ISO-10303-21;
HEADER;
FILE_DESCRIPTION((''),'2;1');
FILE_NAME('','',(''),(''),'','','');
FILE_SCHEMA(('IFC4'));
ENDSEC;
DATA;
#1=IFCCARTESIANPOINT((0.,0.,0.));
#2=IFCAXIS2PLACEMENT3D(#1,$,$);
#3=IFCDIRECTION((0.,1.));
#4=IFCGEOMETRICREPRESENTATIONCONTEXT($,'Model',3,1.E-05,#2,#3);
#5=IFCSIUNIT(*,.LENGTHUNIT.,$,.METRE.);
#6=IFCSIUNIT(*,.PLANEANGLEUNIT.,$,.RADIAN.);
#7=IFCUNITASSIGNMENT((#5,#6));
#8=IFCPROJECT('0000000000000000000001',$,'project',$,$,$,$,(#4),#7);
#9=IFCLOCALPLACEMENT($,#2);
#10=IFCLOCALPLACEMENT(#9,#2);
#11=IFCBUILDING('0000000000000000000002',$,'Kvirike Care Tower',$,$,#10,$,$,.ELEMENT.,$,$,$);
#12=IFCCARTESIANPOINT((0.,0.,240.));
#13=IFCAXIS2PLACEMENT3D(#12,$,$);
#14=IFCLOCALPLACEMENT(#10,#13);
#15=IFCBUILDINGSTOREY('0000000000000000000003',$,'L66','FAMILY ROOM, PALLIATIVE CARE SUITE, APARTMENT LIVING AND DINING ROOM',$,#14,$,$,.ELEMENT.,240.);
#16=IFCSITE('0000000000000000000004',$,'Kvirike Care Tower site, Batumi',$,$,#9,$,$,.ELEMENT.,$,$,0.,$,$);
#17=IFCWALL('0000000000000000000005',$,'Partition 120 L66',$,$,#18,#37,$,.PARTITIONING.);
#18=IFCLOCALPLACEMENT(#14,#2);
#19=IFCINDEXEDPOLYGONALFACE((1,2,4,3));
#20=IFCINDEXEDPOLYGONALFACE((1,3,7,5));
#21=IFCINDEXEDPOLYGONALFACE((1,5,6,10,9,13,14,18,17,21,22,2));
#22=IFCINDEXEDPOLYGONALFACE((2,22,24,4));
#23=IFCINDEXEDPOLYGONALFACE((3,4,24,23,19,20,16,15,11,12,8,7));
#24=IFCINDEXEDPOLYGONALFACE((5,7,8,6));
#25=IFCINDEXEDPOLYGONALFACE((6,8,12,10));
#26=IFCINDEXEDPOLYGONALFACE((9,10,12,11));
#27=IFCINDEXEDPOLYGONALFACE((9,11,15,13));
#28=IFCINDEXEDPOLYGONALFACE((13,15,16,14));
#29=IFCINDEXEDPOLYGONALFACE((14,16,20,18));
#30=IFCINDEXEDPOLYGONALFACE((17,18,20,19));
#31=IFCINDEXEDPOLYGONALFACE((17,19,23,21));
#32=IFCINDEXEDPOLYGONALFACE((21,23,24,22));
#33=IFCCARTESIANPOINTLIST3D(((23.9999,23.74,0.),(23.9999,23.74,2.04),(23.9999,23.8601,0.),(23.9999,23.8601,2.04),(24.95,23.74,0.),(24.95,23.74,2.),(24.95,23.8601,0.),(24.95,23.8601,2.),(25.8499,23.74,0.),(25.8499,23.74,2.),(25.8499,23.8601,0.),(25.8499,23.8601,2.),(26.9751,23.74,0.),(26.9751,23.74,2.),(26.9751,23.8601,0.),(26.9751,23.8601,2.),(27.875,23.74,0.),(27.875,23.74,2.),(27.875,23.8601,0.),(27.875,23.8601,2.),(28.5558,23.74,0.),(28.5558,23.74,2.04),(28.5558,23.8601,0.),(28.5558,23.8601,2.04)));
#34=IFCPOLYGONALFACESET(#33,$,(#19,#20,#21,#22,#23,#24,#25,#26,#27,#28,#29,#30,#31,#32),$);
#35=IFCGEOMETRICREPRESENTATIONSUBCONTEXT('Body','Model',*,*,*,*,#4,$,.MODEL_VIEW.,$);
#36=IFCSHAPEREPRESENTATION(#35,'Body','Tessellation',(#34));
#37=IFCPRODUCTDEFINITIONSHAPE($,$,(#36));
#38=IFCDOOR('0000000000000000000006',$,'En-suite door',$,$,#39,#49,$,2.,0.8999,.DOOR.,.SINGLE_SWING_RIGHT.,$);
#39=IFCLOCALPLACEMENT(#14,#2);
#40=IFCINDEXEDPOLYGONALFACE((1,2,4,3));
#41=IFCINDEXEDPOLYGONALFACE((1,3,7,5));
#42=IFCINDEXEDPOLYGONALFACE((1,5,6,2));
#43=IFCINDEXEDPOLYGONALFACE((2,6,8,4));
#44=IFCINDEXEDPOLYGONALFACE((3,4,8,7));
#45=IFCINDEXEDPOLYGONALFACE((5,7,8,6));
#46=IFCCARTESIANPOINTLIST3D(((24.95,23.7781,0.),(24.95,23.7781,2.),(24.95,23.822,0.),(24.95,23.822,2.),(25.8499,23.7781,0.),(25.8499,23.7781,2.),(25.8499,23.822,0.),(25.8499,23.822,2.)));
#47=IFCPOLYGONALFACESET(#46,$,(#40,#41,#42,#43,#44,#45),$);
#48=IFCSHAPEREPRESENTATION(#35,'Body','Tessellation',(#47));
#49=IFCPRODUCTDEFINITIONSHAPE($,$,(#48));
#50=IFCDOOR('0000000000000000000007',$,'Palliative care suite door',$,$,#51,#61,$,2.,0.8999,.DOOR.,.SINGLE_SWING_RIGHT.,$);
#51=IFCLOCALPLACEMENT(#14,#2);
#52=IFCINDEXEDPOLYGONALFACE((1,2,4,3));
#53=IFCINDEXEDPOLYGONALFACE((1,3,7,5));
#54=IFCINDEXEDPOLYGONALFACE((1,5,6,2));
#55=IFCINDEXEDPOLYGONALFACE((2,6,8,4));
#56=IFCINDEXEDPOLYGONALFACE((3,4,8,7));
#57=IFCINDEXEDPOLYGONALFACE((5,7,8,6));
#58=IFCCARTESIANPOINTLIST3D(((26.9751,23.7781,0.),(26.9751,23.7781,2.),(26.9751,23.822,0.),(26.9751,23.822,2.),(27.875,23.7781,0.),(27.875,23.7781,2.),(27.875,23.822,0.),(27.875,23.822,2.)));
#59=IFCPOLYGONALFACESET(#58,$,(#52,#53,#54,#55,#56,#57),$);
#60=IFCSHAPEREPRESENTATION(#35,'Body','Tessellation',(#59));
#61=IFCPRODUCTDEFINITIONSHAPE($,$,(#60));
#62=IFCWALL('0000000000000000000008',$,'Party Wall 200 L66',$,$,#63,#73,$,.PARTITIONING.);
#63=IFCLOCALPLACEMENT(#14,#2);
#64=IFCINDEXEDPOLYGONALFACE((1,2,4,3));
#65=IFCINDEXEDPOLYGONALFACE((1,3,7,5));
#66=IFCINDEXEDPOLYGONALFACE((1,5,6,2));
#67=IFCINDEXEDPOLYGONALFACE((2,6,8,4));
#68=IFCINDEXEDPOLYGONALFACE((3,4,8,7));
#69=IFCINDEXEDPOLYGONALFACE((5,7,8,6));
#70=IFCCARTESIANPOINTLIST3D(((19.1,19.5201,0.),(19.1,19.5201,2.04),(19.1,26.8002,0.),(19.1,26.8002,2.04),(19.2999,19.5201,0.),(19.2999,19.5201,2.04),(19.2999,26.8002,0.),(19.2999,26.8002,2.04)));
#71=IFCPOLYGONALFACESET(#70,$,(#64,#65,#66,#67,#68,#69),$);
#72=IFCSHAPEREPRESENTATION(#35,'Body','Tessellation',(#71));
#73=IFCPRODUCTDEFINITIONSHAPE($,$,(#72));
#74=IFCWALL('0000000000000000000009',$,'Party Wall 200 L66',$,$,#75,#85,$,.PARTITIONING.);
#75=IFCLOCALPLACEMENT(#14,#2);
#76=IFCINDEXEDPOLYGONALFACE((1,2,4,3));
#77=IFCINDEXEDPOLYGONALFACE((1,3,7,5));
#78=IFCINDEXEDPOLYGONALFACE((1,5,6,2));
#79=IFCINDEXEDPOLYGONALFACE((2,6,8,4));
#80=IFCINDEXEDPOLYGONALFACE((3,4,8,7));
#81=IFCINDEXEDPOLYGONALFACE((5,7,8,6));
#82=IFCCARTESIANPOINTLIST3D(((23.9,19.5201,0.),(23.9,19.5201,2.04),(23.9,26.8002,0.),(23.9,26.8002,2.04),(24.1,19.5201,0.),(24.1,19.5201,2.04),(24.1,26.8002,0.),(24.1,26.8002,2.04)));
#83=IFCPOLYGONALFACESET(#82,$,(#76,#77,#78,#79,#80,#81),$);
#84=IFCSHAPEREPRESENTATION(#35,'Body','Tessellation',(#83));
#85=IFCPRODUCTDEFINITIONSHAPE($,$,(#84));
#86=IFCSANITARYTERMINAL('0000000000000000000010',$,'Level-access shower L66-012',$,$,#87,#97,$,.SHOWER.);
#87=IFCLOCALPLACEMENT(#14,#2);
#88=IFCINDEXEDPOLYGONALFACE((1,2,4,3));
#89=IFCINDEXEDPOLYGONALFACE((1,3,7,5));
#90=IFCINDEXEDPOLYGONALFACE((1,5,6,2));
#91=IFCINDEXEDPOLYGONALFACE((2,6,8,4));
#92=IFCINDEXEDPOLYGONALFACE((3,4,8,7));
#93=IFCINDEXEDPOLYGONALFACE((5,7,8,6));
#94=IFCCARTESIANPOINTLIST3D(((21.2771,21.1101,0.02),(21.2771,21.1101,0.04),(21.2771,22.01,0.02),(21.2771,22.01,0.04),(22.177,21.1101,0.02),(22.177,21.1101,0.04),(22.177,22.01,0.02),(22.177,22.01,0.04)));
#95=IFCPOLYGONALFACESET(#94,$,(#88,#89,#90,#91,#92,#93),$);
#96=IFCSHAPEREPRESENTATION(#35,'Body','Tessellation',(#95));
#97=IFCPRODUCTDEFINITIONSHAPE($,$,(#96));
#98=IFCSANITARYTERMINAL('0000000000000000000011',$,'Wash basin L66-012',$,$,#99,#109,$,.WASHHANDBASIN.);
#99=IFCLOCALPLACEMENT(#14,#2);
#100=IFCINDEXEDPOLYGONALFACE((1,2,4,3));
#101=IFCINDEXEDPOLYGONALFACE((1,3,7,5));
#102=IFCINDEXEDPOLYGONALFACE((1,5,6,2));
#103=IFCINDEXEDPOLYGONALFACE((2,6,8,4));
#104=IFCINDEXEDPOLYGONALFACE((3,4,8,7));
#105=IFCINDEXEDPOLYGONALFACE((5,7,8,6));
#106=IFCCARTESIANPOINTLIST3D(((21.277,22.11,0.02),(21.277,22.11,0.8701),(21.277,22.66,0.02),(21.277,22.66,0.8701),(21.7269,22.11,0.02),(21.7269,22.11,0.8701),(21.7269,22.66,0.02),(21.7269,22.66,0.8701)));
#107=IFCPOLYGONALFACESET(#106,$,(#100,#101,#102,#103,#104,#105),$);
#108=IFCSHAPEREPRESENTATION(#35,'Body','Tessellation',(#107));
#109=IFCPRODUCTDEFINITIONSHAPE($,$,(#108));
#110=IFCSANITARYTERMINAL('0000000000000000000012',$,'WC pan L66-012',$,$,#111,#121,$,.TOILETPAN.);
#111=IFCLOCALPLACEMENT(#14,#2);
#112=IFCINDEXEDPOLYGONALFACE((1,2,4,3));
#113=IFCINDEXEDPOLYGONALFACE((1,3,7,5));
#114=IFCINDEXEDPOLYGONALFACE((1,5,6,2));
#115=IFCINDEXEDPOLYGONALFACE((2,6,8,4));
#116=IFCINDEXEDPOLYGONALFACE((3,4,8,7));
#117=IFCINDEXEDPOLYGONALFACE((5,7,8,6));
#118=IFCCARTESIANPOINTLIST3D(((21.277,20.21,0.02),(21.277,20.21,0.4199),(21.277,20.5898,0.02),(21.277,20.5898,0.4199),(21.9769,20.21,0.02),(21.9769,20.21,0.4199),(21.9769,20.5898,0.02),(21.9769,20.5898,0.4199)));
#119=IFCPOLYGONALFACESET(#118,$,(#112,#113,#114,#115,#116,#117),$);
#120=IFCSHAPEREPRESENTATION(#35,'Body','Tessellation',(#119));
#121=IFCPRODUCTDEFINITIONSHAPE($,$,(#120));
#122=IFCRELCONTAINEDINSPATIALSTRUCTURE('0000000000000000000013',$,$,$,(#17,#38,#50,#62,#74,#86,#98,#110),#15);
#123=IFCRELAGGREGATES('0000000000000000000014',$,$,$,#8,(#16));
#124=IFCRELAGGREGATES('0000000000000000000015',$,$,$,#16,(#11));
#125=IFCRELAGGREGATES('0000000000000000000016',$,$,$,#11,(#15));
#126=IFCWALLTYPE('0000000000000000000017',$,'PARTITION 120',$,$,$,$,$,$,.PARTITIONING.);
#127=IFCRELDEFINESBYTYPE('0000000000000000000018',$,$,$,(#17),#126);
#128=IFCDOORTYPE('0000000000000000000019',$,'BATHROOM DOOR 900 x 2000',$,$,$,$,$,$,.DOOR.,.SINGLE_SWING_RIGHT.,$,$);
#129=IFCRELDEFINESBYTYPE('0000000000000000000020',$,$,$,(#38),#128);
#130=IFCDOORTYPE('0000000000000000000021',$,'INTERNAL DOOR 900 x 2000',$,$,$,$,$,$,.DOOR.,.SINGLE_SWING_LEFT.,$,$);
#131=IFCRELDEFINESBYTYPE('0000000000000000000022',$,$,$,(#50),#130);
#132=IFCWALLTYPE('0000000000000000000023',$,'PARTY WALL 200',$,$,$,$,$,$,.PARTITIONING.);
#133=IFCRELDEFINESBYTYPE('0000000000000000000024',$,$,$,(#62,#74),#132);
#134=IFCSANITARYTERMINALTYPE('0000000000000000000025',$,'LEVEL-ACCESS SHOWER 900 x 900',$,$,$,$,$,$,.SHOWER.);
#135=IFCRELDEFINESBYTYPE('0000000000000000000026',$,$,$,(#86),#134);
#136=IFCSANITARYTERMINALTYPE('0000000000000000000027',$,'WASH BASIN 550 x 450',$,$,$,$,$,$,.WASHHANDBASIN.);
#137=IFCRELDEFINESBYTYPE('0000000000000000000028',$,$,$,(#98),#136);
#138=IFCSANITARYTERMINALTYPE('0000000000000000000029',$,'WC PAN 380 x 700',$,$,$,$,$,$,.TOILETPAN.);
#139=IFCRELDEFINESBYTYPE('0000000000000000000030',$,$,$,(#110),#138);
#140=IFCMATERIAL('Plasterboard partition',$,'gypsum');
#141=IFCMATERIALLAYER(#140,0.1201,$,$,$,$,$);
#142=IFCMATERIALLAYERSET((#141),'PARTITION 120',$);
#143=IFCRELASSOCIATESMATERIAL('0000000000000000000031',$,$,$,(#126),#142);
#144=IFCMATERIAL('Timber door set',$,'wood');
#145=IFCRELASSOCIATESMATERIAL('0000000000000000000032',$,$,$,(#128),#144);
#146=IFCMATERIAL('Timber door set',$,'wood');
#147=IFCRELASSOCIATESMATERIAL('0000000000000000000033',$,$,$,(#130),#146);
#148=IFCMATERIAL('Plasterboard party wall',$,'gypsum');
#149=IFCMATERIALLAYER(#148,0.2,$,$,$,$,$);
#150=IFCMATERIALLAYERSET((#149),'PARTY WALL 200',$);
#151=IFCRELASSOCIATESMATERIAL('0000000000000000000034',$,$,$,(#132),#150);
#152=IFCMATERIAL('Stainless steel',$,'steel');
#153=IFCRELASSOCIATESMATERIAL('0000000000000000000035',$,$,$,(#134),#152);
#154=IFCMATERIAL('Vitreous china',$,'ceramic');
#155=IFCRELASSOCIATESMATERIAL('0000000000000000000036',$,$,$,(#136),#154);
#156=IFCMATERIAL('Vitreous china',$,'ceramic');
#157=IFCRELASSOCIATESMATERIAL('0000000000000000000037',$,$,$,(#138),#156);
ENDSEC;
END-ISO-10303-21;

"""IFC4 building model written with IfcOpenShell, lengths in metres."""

from ifc_helpers import new_model, si_unit, direction, frame, frame_2d, origin, origin_2d, place, context, subcontext, project, spatial, rectangle, extrude, material, layer, layer_set, type_object, element, fill, save


model = new_model("IFC4")

# Units and contexts
model_context = context("Model", 3, precision=1e-05, world=origin(), true_north=direction((0.0, 1.0)))
body_context = subcontext(model_context, "Body", "Model", "MODEL_VIEW")
ifc_project = project(units=[si_unit("LENGTHUNIT", "METRE"), si_unit("PLANEANGLEUNIT", "RADIAN")], contexts=[model_context])

# Site, building, storey
site_placement = place(None, origin())
site = spatial("IfcSite", under=ifc_project, at=site_placement, Name="Kvirike Care Tower site, Batumi", CompositionType="ELEMENT", RefElevation=0.0)
building_placement = place(site_placement, origin())
building = spatial("IfcBuilding", under=site, at=building_placement, Name="Kvirike Care Tower", CompositionType="ELEMENT")
storey_placement = place(building_placement, frame((0.0, 0.0, 240.0)))
storey = spatial("IfcBuildingStorey", under=building, at=storey_placement, Name="L66", Description="FAMILY ROOM, PALLIATIVE CARE SUITE, APARTMENT LIVING AND DINING ROOM", CompositionType="ELEMENT", Elevation=240.0)

# Wall, openings, doors
ifc_material_1 = material(Name="Plasterboard partition", Category="gypsum")
ifc_layer_1 = layer(ifc_material_1, 0.1201)
ifc_layer_set_1 = layer_set([ifc_layer_1], Name="PARTITION 120")
wall_type_1 = type_object("IfcWallType", Name="PARTITION 120", PredefinedType="PARTITIONING", material=ifc_layer_set_1)
wall_1_placement = place(storey_placement, frame((24.0, 23.8, 0.0), z_axis=(0.0, 0.0, 1.0), x_axis=(1.0, 0.0, 0.0)))
wall_1 = element("IfcWall", 1, at=wall_1_placement, inside=storey, type_object=wall_type_1, Name="Partition 120 L66", PredefinedType="PARTITIONING", context=body_context, shape_type="SweptSolid", body=[
    extrude(rectangle(XDim=4.5559, YDim=0.1201, at=frame_2d((2.2778, 0.0))), origin(), (0.0, 0.0, 1.0), 2.04),
])
opening_1_placement = place(wall_1_placement, frame((2.9751, 0.0, 0.0)))
opening_1 = element("IfcOpeningElement", 2, at=opening_1_placement, cuts=wall_1, PredefinedType="OPENING", context=body_context, shape_type="SweptSolid", body=[
    extrude(rectangle(XDim=0.8999, YDim=2.0, at=frame_2d((0.45, 1.0))), frame((0.0, 0.0706, 0.0), z_axis=(0.0, -1.0, 0.0), x_axis=(1.0, 0.0, 0.0)), (0.0, 0.0, 1.0), 0.1411),
])
opening_2_placement = place(wall_1_placement, frame((0.95, 0.0, 0.0)))
opening_2 = element("IfcOpeningElement", 3, at=opening_2_placement, cuts=wall_1, PredefinedType="OPENING", context=body_context, shape_type="SweptSolid", body=[
    extrude(rectangle(XDim=0.8999, YDim=2.0, at=frame_2d((0.45, 1.0))), frame((0.0, 0.0706, 0.0), z_axis=(0.0, -1.0, 0.0), x_axis=(1.0, 0.0, 0.0)), (0.0, 0.0, 1.0), 0.1411),
])
ifc_material_2 = material(Name="Timber door set", Category="wood")
door_type_1 = type_object("IfcDoorType", Name="BATHROOM DOOR 900 x 2000", OperationType="SINGLE_SWING_RIGHT", PredefinedType="DOOR", material=ifc_material_2)
door_1_placement = place(opening_2_placement, origin())
door_1 = element("IfcDoor", 4, at=door_1_placement, inside=storey, type_object=door_type_1, Name="En-suite door", OperationType="SINGLE_SWING_RIGHT", OverallHeight=2.0, OverallWidth=0.8999, PredefinedType="DOOR", context=body_context, shape_type="SweptSolid", body=[
    extrude(rectangle(XDim=0.8999, YDim=2.0, at=frame_2d((0.45, 1.0))), frame((0.0, 0.022, 0.0), z_axis=(0.0, -1.0, 0.0), x_axis=(1.0, 0.0, 0.0)), (0.0, 0.0, 1.0), 0.0439),
])
fill(opening_2, door_1)
ifc_material_3 = material(Name="Timber door set", Category="wood")
door_type_2 = type_object("IfcDoorType", Name="INTERNAL DOOR 900 x 2000", OperationType="SINGLE_SWING_LEFT", PredefinedType="DOOR", material=ifc_material_3)
door_2_placement = place(opening_1_placement, origin())
door_2 = element("IfcDoor", 5, at=door_2_placement, inside=storey, type_object=door_type_2, Name="Palliative care suite door", OperationType="SINGLE_SWING_RIGHT", OverallHeight=2.0, OverallWidth=0.8999, PredefinedType="DOOR", context=body_context, shape_type="SweptSolid", body=[
    extrude(rectangle(XDim=0.8999, YDim=2.0, at=frame_2d((0.45, 1.0))), frame((0.0, 0.022, 0.0), z_axis=(0.0, -1.0, 0.0), x_axis=(1.0, 0.0, 0.0)), (0.0, 0.0, 1.0), 0.0439),
])
fill(opening_1, door_2)

# Walls
ifc_material_4 = material(Name="Plasterboard party wall", Category="gypsum")
ifc_layer_2 = layer(ifc_material_4, 0.2)
ifc_layer_set_2 = layer_set([ifc_layer_2], Name="PARTY WALL 200")
wall_type_2 = type_object("IfcWallType", Name="PARTY WALL 200", PredefinedType="PARTITIONING", material=ifc_layer_set_2)
for number, where, z_axis, x_axis, name in (
    (6, (19.2, 19.52, 0.0), (0.0, 0.0, 1.0), (0.0, 1.0, 0.0), "Party Wall 200 L66"),
    (7, (24.0, 19.52, 0.0), (0.0, 0.0, 1.0), (0.0, 1.0, 0.0), "Party Wall 200 L66"),
):
    element("IfcWall", number, at=place(storey_placement, frame(where, z_axis=z_axis, x_axis=x_axis)), inside=storey, type_object=wall_type_2, Name=name, PredefinedType="PARTITIONING", context=body_context, shape_type="SweptSolid", body=[
        extrude(rectangle(XDim=7.28, YDim=0.2, at=frame_2d((3.6401, 0.0))), origin(), (0.0, 0.0, 1.0), 2.04),
    ])

# Sanitary terminals
ifc_material_5 = material(Name="Stainless steel", Category="steel")
sanitary_terminal_type_1 = type_object("IfcSanitaryTerminalType", Name="LEVEL-ACCESS SHOWER 900 x 900", PredefinedType="SHOWER", material=ifc_material_5)
sanitary_terminal_1_placement = place(storey_placement, frame((21.7271, 21.5601, 0.02), z_axis=(0.0, 0.0, 1.0), x_axis=(0.0, 1.0, 0.0)))
element("IfcSanitaryTerminal", 8, at=sanitary_terminal_1_placement, inside=storey, type_object=sanitary_terminal_type_1, Name="Level-access shower L66-012", PredefinedType="SHOWER", context=body_context, shape_type="SweptSolid", body=[
    extrude(rectangle(XDim=0.8999, YDim=0.8999, at=origin_2d()), origin(), (0.0, 0.0, 1.0), 0.02),
])
ifc_material_6 = material(Name="Vitreous china", Category="ceramic")
sanitary_terminal_type_2 = type_object("IfcSanitaryTerminalType", Name="WASH BASIN 550 x 450", PredefinedType="WASHHANDBASIN", material=ifc_material_6)
sanitary_terminal_2_placement = place(storey_placement, frame((21.502, 22.385, 0.02), z_axis=(0.0, 0.0, 1.0), x_axis=(0.0, 1.0, 0.0)))
element("IfcSanitaryTerminal", 9, at=sanitary_terminal_2_placement, inside=storey, type_object=sanitary_terminal_type_2, Name="Wash basin L66-012", PredefinedType="WASHHANDBASIN", context=body_context, shape_type="SweptSolid", body=[
    extrude(rectangle(XDim=0.55, YDim=0.45, at=origin_2d()), origin(), (0.0, 0.0, 1.0), 0.8501),
])
ifc_material_7 = material(Name="Vitreous china", Category="ceramic")
sanitary_terminal_type_3 = type_object("IfcSanitaryTerminalType", Name="WC PAN 380 x 700", PredefinedType="TOILETPAN", material=ifc_material_7)
sanitary_terminal_3_placement = place(storey_placement, frame((21.627, 20.3999, 0.02), z_axis=(0.0, 0.0, 1.0), x_axis=(0.0, 1.0, 0.0)))
element("IfcSanitaryTerminal", 10, at=sanitary_terminal_3_placement, inside=storey, type_object=sanitary_terminal_type_3, Name="WC pan L66-012", PredefinedType="TOILETPAN", context=body_context, shape_type="SweptSolid", body=[
    extrude(rectangle(XDim=0.3799, YDim=0.7, at=origin_2d()), origin(), (0.0, 0.0, 1.0), 0.3999),
])

save(model, "model.ifc")
